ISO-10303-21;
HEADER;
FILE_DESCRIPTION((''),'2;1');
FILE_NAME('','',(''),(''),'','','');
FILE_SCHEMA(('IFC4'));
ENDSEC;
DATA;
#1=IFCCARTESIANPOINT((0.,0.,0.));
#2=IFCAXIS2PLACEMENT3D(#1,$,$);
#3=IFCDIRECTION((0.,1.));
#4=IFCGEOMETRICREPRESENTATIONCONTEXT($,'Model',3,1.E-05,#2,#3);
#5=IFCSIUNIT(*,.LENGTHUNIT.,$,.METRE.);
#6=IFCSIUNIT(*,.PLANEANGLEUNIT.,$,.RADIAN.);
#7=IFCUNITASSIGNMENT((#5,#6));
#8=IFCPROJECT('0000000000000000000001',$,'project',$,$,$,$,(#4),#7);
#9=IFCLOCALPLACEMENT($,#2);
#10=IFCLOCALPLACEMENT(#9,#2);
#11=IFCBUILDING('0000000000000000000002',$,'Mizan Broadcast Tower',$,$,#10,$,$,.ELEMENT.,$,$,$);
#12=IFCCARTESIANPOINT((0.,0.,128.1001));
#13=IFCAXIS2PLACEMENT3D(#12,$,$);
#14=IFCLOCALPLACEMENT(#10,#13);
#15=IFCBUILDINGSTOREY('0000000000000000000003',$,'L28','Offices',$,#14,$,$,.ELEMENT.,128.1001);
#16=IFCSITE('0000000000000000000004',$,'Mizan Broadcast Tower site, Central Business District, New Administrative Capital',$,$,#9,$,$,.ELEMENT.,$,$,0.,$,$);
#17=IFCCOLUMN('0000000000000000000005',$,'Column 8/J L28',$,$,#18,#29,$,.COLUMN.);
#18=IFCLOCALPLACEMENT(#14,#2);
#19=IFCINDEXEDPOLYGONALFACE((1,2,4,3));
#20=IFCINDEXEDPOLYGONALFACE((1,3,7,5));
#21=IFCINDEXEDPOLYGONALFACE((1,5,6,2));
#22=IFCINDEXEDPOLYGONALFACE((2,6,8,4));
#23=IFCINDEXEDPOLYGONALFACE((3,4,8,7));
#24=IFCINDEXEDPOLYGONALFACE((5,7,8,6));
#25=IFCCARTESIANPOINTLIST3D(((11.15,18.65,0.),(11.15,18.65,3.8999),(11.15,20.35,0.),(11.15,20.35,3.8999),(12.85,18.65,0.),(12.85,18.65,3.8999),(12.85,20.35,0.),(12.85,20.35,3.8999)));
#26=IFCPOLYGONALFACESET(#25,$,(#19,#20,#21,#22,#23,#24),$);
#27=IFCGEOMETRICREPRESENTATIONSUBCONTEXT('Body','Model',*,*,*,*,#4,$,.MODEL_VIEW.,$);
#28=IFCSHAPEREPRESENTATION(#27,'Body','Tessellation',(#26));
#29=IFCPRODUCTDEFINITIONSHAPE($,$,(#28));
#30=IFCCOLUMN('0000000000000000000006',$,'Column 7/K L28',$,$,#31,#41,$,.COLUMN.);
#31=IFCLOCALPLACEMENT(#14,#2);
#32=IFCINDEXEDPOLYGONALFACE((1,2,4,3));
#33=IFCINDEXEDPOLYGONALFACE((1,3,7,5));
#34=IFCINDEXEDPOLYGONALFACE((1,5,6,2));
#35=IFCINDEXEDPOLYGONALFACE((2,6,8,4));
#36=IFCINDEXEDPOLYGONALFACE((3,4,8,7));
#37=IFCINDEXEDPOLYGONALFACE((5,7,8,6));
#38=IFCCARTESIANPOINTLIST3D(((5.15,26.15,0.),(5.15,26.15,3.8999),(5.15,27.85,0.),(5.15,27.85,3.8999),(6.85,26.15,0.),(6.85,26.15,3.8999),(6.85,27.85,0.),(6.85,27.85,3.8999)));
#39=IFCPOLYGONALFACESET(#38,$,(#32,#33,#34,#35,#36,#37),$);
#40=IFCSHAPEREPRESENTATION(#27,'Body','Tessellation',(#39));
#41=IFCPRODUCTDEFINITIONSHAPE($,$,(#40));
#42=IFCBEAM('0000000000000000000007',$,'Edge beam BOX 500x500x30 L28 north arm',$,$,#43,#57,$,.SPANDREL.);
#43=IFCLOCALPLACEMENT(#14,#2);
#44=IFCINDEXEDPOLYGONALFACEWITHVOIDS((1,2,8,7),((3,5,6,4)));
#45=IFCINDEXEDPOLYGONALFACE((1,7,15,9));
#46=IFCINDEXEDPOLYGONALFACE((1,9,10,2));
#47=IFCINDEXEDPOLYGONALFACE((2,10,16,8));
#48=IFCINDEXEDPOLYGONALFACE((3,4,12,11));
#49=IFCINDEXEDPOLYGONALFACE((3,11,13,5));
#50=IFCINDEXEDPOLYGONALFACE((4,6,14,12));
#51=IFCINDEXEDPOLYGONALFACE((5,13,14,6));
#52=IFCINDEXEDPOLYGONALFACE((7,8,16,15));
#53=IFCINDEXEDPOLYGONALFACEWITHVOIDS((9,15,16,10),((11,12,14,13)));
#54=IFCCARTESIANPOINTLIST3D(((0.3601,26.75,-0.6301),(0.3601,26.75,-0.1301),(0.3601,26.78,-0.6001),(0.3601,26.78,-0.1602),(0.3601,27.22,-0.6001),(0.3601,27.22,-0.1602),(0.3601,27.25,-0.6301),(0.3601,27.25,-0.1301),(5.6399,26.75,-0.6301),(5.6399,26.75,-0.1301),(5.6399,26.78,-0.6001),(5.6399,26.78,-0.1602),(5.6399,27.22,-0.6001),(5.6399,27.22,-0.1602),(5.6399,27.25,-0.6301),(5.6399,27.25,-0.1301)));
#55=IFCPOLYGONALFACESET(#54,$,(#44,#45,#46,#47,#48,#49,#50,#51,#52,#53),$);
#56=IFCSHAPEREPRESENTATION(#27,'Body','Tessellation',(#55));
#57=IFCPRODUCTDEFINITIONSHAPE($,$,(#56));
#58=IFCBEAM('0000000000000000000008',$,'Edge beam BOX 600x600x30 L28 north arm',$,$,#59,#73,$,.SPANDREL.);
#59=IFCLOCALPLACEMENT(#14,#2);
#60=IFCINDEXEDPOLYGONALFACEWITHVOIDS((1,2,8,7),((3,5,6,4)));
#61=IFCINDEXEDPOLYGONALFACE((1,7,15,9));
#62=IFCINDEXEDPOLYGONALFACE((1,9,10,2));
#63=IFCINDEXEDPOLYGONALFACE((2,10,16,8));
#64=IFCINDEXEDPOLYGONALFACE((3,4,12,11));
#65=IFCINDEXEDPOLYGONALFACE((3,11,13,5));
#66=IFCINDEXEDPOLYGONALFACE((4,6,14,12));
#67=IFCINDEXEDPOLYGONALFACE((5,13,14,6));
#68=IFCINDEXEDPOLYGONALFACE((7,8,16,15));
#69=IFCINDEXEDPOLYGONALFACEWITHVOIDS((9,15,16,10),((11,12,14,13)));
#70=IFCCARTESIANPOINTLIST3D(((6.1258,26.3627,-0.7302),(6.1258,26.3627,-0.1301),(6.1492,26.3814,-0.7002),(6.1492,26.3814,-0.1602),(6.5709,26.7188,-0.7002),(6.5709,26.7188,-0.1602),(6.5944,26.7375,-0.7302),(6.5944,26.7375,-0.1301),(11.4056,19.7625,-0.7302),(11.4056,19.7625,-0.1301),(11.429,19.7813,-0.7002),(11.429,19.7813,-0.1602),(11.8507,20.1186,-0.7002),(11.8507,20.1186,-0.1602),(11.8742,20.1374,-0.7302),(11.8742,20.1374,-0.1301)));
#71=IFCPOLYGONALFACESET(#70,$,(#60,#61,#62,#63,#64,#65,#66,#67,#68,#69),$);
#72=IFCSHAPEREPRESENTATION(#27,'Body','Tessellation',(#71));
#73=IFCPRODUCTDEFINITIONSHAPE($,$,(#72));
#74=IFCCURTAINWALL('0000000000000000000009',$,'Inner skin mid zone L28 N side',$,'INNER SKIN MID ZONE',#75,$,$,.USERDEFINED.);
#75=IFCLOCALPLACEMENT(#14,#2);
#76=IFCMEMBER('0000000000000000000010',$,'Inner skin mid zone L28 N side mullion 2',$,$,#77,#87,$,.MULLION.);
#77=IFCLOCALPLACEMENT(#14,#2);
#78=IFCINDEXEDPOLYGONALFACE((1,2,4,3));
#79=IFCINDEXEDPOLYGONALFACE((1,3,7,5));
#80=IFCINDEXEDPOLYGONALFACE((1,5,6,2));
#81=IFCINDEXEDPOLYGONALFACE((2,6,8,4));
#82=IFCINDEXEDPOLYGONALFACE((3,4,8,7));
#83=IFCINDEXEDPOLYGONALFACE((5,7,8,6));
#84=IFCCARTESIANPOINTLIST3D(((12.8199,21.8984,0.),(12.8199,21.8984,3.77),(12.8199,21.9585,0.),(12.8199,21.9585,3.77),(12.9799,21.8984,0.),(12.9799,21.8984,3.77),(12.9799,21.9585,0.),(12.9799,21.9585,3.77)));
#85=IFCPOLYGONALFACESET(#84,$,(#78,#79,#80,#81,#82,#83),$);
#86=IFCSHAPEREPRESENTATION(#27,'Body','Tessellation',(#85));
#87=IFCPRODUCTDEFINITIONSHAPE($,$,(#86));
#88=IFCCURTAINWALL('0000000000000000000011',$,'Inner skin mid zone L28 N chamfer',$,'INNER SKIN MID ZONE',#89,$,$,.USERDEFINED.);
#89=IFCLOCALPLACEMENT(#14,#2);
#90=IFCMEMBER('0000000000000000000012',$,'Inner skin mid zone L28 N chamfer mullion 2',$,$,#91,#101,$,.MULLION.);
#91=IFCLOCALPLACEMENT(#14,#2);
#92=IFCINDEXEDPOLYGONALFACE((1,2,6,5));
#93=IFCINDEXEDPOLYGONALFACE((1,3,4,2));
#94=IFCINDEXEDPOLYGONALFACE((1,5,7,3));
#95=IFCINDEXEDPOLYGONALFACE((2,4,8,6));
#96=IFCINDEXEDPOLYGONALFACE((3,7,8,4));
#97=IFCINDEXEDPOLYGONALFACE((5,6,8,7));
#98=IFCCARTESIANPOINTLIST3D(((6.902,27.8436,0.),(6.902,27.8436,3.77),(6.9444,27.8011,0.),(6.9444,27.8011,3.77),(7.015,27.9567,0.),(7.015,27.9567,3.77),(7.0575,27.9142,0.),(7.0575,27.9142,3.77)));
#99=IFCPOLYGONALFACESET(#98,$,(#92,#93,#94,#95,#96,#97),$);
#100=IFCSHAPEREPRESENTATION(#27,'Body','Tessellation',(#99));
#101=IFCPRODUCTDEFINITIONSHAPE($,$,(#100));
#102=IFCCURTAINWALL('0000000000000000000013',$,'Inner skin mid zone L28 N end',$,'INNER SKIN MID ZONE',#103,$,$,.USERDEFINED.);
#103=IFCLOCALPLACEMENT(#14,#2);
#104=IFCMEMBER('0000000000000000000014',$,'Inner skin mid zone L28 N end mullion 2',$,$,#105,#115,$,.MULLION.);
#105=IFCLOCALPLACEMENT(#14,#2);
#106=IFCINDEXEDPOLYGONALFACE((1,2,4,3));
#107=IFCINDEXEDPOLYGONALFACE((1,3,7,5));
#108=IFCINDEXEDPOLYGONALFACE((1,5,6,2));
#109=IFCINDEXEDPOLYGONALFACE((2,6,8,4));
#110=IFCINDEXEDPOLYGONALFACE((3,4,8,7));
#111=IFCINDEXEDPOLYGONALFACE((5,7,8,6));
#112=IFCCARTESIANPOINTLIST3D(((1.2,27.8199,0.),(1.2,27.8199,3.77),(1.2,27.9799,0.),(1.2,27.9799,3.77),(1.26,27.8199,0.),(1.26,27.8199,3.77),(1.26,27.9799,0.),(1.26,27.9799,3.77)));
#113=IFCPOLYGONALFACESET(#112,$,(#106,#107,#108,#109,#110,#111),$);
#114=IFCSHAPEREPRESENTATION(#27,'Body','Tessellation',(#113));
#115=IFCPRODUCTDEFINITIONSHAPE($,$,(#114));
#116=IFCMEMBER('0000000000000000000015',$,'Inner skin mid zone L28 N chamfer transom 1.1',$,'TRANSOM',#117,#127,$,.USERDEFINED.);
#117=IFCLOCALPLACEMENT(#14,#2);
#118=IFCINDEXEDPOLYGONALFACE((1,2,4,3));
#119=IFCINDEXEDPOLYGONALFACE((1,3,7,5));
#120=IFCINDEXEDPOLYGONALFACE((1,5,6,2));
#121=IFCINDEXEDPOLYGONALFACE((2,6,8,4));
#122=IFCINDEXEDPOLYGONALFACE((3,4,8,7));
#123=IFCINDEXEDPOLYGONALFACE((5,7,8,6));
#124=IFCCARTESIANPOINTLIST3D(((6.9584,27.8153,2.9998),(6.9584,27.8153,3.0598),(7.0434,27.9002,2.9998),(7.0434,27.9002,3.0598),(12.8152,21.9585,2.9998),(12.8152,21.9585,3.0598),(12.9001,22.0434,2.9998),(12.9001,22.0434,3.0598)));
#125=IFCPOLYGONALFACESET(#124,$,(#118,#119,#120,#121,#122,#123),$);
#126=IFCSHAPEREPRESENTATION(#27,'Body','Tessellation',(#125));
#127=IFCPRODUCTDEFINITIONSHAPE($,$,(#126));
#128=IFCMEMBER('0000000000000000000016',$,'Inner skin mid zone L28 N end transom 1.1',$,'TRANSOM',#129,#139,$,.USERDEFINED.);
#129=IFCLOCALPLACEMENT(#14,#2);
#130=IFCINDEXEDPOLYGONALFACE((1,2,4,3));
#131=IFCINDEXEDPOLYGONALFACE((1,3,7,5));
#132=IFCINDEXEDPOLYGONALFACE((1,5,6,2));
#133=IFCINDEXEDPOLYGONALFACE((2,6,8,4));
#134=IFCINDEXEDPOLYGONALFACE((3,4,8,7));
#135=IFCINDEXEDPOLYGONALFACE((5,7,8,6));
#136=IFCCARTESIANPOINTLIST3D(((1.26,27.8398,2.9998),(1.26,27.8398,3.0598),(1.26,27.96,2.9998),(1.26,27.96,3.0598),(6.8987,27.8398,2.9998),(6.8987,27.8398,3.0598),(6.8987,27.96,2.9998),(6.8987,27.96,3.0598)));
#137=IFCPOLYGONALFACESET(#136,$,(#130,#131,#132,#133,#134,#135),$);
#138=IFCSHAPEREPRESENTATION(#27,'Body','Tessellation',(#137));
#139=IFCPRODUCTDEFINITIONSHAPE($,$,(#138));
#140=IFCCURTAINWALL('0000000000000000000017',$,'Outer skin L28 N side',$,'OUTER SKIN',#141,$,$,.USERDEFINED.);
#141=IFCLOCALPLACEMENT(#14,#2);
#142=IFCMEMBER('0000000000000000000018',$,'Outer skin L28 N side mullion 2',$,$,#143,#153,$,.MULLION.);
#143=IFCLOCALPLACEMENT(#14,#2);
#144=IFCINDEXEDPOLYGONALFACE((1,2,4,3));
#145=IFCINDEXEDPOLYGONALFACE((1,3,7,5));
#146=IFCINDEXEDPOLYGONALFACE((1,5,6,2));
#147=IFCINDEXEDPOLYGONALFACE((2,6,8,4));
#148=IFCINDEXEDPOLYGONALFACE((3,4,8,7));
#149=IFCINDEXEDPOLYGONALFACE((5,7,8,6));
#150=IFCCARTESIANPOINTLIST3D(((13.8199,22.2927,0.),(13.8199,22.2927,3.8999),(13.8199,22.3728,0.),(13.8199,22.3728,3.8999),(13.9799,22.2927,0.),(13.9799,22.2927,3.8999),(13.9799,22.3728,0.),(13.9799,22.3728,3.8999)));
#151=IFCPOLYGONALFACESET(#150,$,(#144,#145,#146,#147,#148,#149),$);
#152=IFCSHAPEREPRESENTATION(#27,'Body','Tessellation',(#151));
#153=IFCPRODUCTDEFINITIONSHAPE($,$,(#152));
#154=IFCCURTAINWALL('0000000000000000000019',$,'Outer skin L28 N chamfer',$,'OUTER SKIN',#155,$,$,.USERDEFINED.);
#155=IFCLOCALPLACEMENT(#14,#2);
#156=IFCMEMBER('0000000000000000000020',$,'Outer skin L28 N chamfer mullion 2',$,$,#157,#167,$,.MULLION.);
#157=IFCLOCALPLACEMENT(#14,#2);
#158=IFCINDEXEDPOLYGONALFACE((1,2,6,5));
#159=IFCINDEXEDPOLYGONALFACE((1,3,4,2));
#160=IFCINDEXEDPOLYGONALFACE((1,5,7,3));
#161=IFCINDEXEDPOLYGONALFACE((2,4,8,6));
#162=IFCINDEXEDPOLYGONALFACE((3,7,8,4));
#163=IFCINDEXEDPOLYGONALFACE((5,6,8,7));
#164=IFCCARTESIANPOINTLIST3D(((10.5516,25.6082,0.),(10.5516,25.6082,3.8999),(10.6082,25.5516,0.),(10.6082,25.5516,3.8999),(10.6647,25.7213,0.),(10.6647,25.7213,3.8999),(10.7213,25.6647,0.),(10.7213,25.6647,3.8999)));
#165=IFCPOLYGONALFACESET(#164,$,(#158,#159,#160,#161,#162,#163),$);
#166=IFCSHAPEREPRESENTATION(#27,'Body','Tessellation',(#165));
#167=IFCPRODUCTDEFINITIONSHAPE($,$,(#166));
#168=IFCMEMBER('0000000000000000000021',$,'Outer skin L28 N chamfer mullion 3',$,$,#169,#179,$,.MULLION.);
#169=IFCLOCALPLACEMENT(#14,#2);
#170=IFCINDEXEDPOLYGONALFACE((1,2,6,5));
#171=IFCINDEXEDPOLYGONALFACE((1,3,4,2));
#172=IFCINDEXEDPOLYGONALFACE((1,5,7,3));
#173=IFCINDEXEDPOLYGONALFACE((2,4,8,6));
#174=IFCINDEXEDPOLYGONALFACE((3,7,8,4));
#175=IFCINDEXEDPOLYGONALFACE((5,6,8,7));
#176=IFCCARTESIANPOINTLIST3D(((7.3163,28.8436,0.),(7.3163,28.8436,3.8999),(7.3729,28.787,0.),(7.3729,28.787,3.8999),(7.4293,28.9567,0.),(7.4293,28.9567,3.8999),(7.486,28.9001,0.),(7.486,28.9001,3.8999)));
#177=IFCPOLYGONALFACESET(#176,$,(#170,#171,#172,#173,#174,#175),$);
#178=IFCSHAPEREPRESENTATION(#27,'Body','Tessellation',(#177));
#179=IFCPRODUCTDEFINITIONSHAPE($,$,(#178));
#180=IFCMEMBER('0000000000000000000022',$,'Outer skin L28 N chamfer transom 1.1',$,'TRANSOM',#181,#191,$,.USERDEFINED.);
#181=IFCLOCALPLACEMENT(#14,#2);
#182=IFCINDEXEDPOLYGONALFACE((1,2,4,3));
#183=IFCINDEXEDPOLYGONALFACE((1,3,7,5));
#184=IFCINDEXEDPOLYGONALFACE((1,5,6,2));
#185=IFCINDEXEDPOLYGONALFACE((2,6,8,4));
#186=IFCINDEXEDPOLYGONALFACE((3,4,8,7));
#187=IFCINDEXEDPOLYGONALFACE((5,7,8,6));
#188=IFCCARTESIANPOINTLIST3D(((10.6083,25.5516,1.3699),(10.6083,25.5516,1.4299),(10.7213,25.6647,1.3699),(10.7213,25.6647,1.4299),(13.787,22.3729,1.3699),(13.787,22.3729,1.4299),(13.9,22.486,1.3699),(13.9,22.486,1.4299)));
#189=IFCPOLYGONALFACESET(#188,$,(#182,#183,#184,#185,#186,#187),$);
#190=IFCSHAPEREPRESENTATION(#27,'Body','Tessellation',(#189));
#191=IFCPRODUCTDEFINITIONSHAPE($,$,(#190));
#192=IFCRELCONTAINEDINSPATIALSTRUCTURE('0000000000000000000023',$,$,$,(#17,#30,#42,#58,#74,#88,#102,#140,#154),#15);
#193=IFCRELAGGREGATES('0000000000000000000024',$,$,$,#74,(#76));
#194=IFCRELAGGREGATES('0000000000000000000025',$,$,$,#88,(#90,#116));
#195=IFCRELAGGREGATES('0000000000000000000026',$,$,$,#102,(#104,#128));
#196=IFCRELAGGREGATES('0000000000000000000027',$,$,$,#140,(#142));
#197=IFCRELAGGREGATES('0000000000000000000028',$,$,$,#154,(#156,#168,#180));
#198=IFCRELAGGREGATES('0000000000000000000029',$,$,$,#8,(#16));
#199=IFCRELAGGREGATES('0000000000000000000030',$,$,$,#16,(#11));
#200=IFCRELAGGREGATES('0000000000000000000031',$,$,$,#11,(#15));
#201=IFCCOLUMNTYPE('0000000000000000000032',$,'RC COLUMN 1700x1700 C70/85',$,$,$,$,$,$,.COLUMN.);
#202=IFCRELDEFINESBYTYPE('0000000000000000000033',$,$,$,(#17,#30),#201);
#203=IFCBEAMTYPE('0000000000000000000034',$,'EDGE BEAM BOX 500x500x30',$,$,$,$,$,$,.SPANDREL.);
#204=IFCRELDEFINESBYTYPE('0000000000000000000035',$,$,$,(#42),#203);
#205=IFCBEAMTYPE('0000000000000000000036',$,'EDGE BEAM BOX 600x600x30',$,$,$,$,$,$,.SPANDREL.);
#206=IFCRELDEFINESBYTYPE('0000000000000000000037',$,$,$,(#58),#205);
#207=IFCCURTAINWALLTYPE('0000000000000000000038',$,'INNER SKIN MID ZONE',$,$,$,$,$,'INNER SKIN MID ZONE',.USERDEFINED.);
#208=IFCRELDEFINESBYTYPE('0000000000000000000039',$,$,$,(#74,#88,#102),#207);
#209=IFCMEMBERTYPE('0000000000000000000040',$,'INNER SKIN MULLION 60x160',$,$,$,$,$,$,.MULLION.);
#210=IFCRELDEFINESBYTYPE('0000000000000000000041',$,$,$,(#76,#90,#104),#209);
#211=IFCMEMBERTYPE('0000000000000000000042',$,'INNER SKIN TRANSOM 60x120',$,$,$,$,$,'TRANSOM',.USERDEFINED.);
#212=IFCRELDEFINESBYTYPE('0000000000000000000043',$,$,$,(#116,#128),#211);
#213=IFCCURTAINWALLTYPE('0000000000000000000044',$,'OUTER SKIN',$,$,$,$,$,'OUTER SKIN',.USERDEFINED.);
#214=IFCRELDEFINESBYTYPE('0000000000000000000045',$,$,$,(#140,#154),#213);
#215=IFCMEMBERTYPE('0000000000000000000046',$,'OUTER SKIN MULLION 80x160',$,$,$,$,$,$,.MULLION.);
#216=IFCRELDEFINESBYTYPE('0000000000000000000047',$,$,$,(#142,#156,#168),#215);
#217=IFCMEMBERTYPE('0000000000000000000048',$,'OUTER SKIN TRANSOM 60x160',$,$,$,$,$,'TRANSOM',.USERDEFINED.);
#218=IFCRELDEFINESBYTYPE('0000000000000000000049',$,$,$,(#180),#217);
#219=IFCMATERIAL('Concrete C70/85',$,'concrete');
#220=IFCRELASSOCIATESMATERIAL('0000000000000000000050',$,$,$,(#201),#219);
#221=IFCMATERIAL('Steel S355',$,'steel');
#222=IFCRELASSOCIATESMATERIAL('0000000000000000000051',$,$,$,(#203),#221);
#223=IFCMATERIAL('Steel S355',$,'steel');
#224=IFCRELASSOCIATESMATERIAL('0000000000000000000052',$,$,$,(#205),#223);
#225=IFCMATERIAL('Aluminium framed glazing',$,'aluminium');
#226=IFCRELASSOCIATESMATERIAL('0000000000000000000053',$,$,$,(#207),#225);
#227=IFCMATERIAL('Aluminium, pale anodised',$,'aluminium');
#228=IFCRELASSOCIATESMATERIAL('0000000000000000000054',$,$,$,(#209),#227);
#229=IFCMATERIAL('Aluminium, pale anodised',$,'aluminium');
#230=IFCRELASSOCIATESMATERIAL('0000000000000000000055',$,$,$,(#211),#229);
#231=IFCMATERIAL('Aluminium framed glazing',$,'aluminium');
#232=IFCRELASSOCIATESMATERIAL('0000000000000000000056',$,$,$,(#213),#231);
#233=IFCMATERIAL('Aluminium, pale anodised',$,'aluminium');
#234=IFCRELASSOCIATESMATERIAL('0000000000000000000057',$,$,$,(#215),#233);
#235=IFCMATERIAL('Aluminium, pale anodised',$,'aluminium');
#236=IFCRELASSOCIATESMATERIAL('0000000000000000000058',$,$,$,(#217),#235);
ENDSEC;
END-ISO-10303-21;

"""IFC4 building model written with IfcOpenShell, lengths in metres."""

from ifc_helpers import new_model, si_unit, direction, frame, origin, origin_2d, place, context, subcontext, project, spatial, rectangle, hollow_rectangle, extrude, material, material_profile, profile_set, type_object, element, aggregate, save


model = new_model("IFC4")

# Units and contexts
model_context = context("Model", 3, precision=1e-05, world=origin(), true_north=direction((0.0, 1.0)))
body_context = subcontext(model_context, "Body", "Model", "MODEL_VIEW")
ifc_project = project(units=[si_unit("LENGTHUNIT", "METRE"), si_unit("PLANEANGLEUNIT", "RADIAN")], contexts=[model_context])

# Site, building, storey
site_placement = place(None, origin())
site = spatial("IfcSite", under=ifc_project, at=site_placement, Name="Mizan Broadcast Tower site, Central Business District, New Administrative Capital", CompositionType="ELEMENT", RefElevation=0.0)
building_placement = place(site_placement, origin())
building = spatial("IfcBuilding", under=site, at=building_placement, Name="Mizan Broadcast Tower", CompositionType="ELEMENT")
storey_placement = place(building_placement, frame((0.0, 0.0, 128.1001)))
storey = spatial("IfcBuildingStorey", under=building, at=storey_placement, Name="L28", Description="Offices", CompositionType="ELEMENT", Elevation=128.1001)

# Columns
ifc_material_1 = material(Name="Concrete C70/85", Category="concrete")
ifc_material_profile_1 = material_profile(ifc_material_1, rectangle(XDim=1.7, YDim=1.7, at=origin_2d()), Name="RC 1700x1700")
ifc_profile_set_1 = profile_set([ifc_material_profile_1], Name="Concrete C70/85")
column_type = type_object("IfcColumnType", Name="RC COLUMN 1700x1700 C70/85", PredefinedType="COLUMN", material=ifc_profile_set_1)
for number, where, z_axis, x_axis, name in (
    (1, (12.0, 19.5, 0.0), (0.0, 0.0, 1.0), (1.0, 0.0, 0.0), "Column 8/J L28"),
    (2, (6.0, 27.0, 0.0), (0.0, 0.0, 1.0), (1.0, 0.0, 0.0), "Column 7/K L28"),
):
    element("IfcColumn", number, at=place(storey_placement, frame(where, z_axis=z_axis, x_axis=x_axis)), inside=storey, type_object=column_type, Name=name, PredefinedType="COLUMN", context=body_context, shape_type="SweptSolid", body=[
        extrude(rectangle(XDim=1.7, YDim=1.7, at=origin_2d()), origin(), (0.0, 0.0, 1.0), 3.8999),
    ])

# Beams
ifc_material_2 = material(Name="Steel S355", Category="steel")
ifc_material_profile_2 = material_profile(ifc_material_2, hollow_rectangle(XDim=0.5, YDim=0.5, WallThickness=0.03, at=origin_2d()), Name="BOX 500x500x30")
ifc_profile_set_2 = profile_set([ifc_material_profile_2], Name="Steel S355")
beam_type_1 = type_object("IfcBeamType", Name="EDGE BEAM BOX 500x500x30", PredefinedType="SPANDREL", material=ifc_profile_set_2)
beam_1_placement = place(storey_placement, frame((5.6399, 27.0, -0.3801), z_axis=(-1.0, 0.0, 0.0), x_axis=(0.0, -1.0, 0.0)))
element("IfcBeam", 3, at=beam_1_placement, inside=storey, type_object=beam_type_1, Name="Edge beam BOX 500x500x30 L28 north arm", PredefinedType="SPANDREL", context=body_context, shape_type="SweptSolid", body=[
    extrude(hollow_rectangle(XDim=0.5, YDim=0.5, WallThickness=0.03, at=origin_2d()), origin(), (0.0, 0.0, 1.0), 5.2798),
])
ifc_material_3 = material(Name="Steel S355", Category="steel")
ifc_material_profile_3 = material_profile(ifc_material_3, hollow_rectangle(XDim=0.6001, YDim=0.6001, WallThickness=0.03, at=origin_2d()), Name="BOX 600x600x30")
ifc_profile_set_3 = profile_set([ifc_material_profile_3], Name="Steel S355")
beam_type_2 = type_object("IfcBeamType", Name="EDGE BEAM BOX 600x600x30", PredefinedType="SPANDREL", material=ifc_profile_set_3)
beam_2_placement = place(storey_placement, frame((11.6399, 19.95, -0.4302), z_axis=(-0.624674, 0.780886, 0.0), x_axis=(-0.780886, -0.624674, 0.0)))
element("IfcBeam", 4, at=beam_2_placement, inside=storey, type_object=beam_type_2, Name="Edge beam BOX 600x600x30 L28 north arm", PredefinedType="SPANDREL", context=body_context, shape_type="SweptSolid", body=[
    extrude(hollow_rectangle(XDim=0.6001, YDim=0.6001, WallThickness=0.03, at=origin_2d()), origin(), (0.0, 0.0, 1.0), 8.4521),
])

# Curtain walls, members
ifc_material_4 = material(Name="Aluminium framed glazing", Category="aluminium")
curtain_wall_type_1 = type_object("IfcCurtainWallType", Name="INNER SKIN MID ZONE", ElementType="INNER SKIN MID ZONE", PredefinedType="USERDEFINED", material=ifc_material_4)
curtain_wall_1_placement = place(storey_placement, origin())
curtain_wall_1 = element("IfcCurtainWall", 5, at=curtain_wall_1_placement, inside=storey, type_object=curtain_wall_type_1, Name="Inner skin mid zone L28 N side", ObjectType="INNER SKIN MID ZONE", PredefinedType="USERDEFINED")
ifc_material_5 = material(Name="Aluminium, pale anodised", Category="aluminium")
ifc_material_profile_4 = material_profile(ifc_material_5, rectangle(XDim=0.1599, YDim=0.0601, at=origin_2d()), Name="MULLION 160x60")
ifc_profile_set_4 = profile_set([ifc_material_profile_4], Name="Aluminium, pale anodised")
member_type_1 = type_object("IfcMemberType", Name="INNER SKIN MULLION 60x160", PredefinedType="MULLION", material=ifc_profile_set_4)
member_1_placement = place(storey_placement, frame((12.8999, 21.9285, 0.0), z_axis=(0.0, 0.0, 1.0), x_axis=(-1.0, 0.0, 0.0)))
member_1 = element("IfcMember", 6, at=member_1_placement, type_object=member_type_1, Name="Inner skin mid zone L28 N side mullion 2", PredefinedType="MULLION", context=body_context, shape_type="SweptSolid", body=[
    extrude(rectangle(XDim=0.1599, YDim=0.0601, at=origin_2d()), origin(), (0.0, 0.0, 1.0), 3.77),
])
curtain_wall_2_placement = place(storey_placement, origin())
curtain_wall_2 = element("IfcCurtainWall", 7, at=curtain_wall_2_placement, inside=storey, type_object=curtain_wall_type_1, Name="Inner skin mid zone L28 N chamfer", ObjectType="INNER SKIN MID ZONE", PredefinedType="USERDEFINED")
member_2_placement = place(storey_placement, frame((6.9797, 27.8789, 0.0), z_axis=(0.0, 0.0, 1.0), x_axis=(-0.707107, -0.707107, 0.0)))
member_2 = element("IfcMember", 8, at=member_2_placement, type_object=member_type_1, Name="Inner skin mid zone L28 N chamfer mullion 2", PredefinedType="MULLION", context=body_context, shape_type="SweptSolid", body=[
    extrude(rectangle(XDim=0.1599, YDim=0.0601, at=origin_2d()), origin(), (0.0, 0.0, 1.0), 3.77),
])
curtain_wall_3_placement = place(storey_placement, origin())
curtain_wall_3 = element("IfcCurtainWall", 9, at=curtain_wall_3_placement, inside=storey, type_object=curtain_wall_type_1, Name="Inner skin mid zone L28 N end", ObjectType="INNER SKIN MID ZONE", PredefinedType="USERDEFINED")
member_3_placement = place(storey_placement, frame((1.23, 27.8999, 0.0), z_axis=(0.0, 0.0, 1.0), x_axis=(0.0, -1.0, 0.0)))
member_3 = element("IfcMember", 10, at=member_3_placement, type_object=member_type_1, Name="Inner skin mid zone L28 N end mullion 2", PredefinedType="MULLION", context=body_context, shape_type="SweptSolid", body=[
    extrude(rectangle(XDim=0.1599, YDim=0.0601, at=origin_2d()), origin(), (0.0, 0.0, 1.0), 3.77),
])

# Members
ifc_material_6 = material(Name="Aluminium, pale anodised", Category="aluminium")
ifc_material_profile_5 = material_profile(ifc_material_6, rectangle(XDim=0.1201, YDim=0.0601, at=origin_2d()), Name="TRANSOM 120x60")
ifc_profile_set_5 = profile_set([ifc_material_profile_5], Name="Aluminium, pale anodised")
member_type_2 = type_object("IfcMemberType", Name="INNER SKIN TRANSOM 60x120", ElementType="TRANSOM", PredefinedType="USERDEFINED", material=ifc_profile_set_5)
member_4_placement = place(storey_placement, frame((12.8577, 22.001, 3.0298), z_axis=(-0.707107, 0.707107, 0.0), x_axis=(-0.707107, -0.707107, 0.0)))
member_4 = element("IfcMember", 11, at=member_4_placement, type_object=member_type_2, Name="Inner skin mid zone L28 N chamfer transom 1.1", ObjectType="TRANSOM", PredefinedType="USERDEFINED", context=body_context, shape_type="SweptSolid", body=[
    extrude(rectangle(XDim=0.1201, YDim=0.0601, at=origin_2d()), origin(), (0.0, 0.0, 1.0), 8.2827),
])
member_5_placement = place(storey_placement, frame((6.8987, 27.8999, 3.0298), z_axis=(-1.0, 0.0, 0.0), x_axis=(0.0, -1.0, 0.0)))
member_5 = element("IfcMember", 12, at=member_5_placement, type_object=member_type_2, Name="Inner skin mid zone L28 N end transom 1.1", ObjectType="TRANSOM", PredefinedType="USERDEFINED", context=body_context, shape_type="SweptSolid", body=[
    extrude(rectangle(XDim=0.1201, YDim=0.0601, at=origin_2d()), origin(), (0.0, 0.0, 1.0), 5.6387),
])

# Curtain wall, member
ifc_material_7 = material(Name="Aluminium framed glazing", Category="aluminium")
curtain_wall_type_2 = type_object("IfcCurtainWallType", Name="OUTER SKIN", ElementType="OUTER SKIN", PredefinedType="USERDEFINED", material=ifc_material_7)
curtain_wall_4_placement = place(storey_placement, origin())
curtain_wall_4 = element("IfcCurtainWall", 13, at=curtain_wall_4_placement, inside=storey, type_object=curtain_wall_type_2, Name="Outer skin L28 N side", ObjectType="OUTER SKIN", PredefinedType="USERDEFINED")
ifc_material_8 = material(Name="Aluminium, pale anodised", Category="aluminium")
ifc_material_profile_6 = material_profile(ifc_material_8, rectangle(XDim=0.1599, YDim=0.0801, at=origin_2d()), Name="MULLION 160x80")
ifc_profile_set_6 = profile_set([ifc_material_profile_6], Name="Aluminium, pale anodised")
member_type_3 = type_object("IfcMemberType", Name="OUTER SKIN MULLION 80x160", PredefinedType="MULLION", material=ifc_profile_set_6)
member_6_placement = place(storey_placement, frame((13.8999, 22.3328, 0.0), z_axis=(0.0, 0.0, 1.0), x_axis=(-1.0, 0.0, 0.0)))
member_6 = element("IfcMember", 14, at=member_6_placement, type_object=member_type_3, Name="Outer skin L28 N side mullion 2", PredefinedType="MULLION", context=body_context, shape_type="SweptSolid", body=[
    extrude(rectangle(XDim=0.1599, YDim=0.0801, at=origin_2d()), origin(), (0.0, 0.0, 1.0), 3.8999),
])

# Curtain wall, members
curtain_wall_5_placement = place(storey_placement, origin())
curtain_wall_5 = element("IfcCurtainWall", 15, at=curtain_wall_5_placement, inside=storey, type_object=curtain_wall_type_2, Name="Outer skin L28 N chamfer", ObjectType="OUTER SKIN", PredefinedType="USERDEFINED")
member_7_placement = place(storey_placement, frame((10.6365, 25.6365, 0.0), z_axis=(0.0, 0.0, 1.0), x_axis=(-0.707107, -0.707107, 0.0)))
member_7 = element("IfcMember", 16, at=member_7_placement, type_object=member_type_3, Name="Outer skin L28 N chamfer mullion 2", PredefinedType="MULLION", context=body_context, shape_type="SweptSolid", body=[
    extrude(rectangle(XDim=0.1599, YDim=0.0801, at=origin_2d()), origin(), (0.0, 0.0, 1.0), 3.8999),
])
member_8_placement = place(storey_placement, frame((7.4011, 28.8718, 0.0), z_axis=(0.0, 0.0, 1.0), x_axis=(-0.707107, -0.707107, 0.0)))
member_8 = element("IfcMember", 17, at=member_8_placement, type_object=member_type_3, Name="Outer skin L28 N chamfer mullion 3", PredefinedType="MULLION", context=body_context, shape_type="SweptSolid", body=[
    extrude(rectangle(XDim=0.1599, YDim=0.0801, at=origin_2d()), origin(), (0.0, 0.0, 1.0), 3.8999),
])
ifc_material_9 = material(Name="Aluminium, pale anodised", Category="aluminium")
ifc_material_profile_7 = material_profile(ifc_material_9, rectangle(XDim=0.1599, YDim=0.0601, at=origin_2d()), Name="TRANSOM 160x60")
ifc_profile_set_7 = profile_set([ifc_material_profile_7], Name="Aluminium, pale anodised")
member_type_4 = type_object("IfcMemberType", Name="OUTER SKIN TRANSOM 60x160", ElementType="TRANSOM", PredefinedType="USERDEFINED", material=ifc_profile_set_7)
member_9_placement = place(storey_placement, frame((13.8435, 22.4294, 1.3999), z_axis=(-0.707107, 0.707107, 0.0), x_axis=(-0.707107, -0.707107, 0.0)))
member_9 = element("IfcMember", 18, at=member_9_placement, type_object=member_type_4, Name="Outer skin L28 N chamfer transom 1.1", ObjectType="TRANSOM", PredefinedType="USERDEFINED", context=body_context, shape_type="SweptSolid", body=[
    extrude(rectangle(XDim=0.1599, YDim=0.0601, at=origin_2d()), origin(), (0.0, 0.0, 1.0), 4.4954),
])

aggregate(curtain_wall_1, [member_1])
aggregate(curtain_wall_2, [member_2, member_4])
aggregate(curtain_wall_3, [member_3, member_5])
aggregate(curtain_wall_4, [member_6])
aggregate(curtain_wall_5, [member_7, member_8, member_9])

save(model, "model.ifc")
